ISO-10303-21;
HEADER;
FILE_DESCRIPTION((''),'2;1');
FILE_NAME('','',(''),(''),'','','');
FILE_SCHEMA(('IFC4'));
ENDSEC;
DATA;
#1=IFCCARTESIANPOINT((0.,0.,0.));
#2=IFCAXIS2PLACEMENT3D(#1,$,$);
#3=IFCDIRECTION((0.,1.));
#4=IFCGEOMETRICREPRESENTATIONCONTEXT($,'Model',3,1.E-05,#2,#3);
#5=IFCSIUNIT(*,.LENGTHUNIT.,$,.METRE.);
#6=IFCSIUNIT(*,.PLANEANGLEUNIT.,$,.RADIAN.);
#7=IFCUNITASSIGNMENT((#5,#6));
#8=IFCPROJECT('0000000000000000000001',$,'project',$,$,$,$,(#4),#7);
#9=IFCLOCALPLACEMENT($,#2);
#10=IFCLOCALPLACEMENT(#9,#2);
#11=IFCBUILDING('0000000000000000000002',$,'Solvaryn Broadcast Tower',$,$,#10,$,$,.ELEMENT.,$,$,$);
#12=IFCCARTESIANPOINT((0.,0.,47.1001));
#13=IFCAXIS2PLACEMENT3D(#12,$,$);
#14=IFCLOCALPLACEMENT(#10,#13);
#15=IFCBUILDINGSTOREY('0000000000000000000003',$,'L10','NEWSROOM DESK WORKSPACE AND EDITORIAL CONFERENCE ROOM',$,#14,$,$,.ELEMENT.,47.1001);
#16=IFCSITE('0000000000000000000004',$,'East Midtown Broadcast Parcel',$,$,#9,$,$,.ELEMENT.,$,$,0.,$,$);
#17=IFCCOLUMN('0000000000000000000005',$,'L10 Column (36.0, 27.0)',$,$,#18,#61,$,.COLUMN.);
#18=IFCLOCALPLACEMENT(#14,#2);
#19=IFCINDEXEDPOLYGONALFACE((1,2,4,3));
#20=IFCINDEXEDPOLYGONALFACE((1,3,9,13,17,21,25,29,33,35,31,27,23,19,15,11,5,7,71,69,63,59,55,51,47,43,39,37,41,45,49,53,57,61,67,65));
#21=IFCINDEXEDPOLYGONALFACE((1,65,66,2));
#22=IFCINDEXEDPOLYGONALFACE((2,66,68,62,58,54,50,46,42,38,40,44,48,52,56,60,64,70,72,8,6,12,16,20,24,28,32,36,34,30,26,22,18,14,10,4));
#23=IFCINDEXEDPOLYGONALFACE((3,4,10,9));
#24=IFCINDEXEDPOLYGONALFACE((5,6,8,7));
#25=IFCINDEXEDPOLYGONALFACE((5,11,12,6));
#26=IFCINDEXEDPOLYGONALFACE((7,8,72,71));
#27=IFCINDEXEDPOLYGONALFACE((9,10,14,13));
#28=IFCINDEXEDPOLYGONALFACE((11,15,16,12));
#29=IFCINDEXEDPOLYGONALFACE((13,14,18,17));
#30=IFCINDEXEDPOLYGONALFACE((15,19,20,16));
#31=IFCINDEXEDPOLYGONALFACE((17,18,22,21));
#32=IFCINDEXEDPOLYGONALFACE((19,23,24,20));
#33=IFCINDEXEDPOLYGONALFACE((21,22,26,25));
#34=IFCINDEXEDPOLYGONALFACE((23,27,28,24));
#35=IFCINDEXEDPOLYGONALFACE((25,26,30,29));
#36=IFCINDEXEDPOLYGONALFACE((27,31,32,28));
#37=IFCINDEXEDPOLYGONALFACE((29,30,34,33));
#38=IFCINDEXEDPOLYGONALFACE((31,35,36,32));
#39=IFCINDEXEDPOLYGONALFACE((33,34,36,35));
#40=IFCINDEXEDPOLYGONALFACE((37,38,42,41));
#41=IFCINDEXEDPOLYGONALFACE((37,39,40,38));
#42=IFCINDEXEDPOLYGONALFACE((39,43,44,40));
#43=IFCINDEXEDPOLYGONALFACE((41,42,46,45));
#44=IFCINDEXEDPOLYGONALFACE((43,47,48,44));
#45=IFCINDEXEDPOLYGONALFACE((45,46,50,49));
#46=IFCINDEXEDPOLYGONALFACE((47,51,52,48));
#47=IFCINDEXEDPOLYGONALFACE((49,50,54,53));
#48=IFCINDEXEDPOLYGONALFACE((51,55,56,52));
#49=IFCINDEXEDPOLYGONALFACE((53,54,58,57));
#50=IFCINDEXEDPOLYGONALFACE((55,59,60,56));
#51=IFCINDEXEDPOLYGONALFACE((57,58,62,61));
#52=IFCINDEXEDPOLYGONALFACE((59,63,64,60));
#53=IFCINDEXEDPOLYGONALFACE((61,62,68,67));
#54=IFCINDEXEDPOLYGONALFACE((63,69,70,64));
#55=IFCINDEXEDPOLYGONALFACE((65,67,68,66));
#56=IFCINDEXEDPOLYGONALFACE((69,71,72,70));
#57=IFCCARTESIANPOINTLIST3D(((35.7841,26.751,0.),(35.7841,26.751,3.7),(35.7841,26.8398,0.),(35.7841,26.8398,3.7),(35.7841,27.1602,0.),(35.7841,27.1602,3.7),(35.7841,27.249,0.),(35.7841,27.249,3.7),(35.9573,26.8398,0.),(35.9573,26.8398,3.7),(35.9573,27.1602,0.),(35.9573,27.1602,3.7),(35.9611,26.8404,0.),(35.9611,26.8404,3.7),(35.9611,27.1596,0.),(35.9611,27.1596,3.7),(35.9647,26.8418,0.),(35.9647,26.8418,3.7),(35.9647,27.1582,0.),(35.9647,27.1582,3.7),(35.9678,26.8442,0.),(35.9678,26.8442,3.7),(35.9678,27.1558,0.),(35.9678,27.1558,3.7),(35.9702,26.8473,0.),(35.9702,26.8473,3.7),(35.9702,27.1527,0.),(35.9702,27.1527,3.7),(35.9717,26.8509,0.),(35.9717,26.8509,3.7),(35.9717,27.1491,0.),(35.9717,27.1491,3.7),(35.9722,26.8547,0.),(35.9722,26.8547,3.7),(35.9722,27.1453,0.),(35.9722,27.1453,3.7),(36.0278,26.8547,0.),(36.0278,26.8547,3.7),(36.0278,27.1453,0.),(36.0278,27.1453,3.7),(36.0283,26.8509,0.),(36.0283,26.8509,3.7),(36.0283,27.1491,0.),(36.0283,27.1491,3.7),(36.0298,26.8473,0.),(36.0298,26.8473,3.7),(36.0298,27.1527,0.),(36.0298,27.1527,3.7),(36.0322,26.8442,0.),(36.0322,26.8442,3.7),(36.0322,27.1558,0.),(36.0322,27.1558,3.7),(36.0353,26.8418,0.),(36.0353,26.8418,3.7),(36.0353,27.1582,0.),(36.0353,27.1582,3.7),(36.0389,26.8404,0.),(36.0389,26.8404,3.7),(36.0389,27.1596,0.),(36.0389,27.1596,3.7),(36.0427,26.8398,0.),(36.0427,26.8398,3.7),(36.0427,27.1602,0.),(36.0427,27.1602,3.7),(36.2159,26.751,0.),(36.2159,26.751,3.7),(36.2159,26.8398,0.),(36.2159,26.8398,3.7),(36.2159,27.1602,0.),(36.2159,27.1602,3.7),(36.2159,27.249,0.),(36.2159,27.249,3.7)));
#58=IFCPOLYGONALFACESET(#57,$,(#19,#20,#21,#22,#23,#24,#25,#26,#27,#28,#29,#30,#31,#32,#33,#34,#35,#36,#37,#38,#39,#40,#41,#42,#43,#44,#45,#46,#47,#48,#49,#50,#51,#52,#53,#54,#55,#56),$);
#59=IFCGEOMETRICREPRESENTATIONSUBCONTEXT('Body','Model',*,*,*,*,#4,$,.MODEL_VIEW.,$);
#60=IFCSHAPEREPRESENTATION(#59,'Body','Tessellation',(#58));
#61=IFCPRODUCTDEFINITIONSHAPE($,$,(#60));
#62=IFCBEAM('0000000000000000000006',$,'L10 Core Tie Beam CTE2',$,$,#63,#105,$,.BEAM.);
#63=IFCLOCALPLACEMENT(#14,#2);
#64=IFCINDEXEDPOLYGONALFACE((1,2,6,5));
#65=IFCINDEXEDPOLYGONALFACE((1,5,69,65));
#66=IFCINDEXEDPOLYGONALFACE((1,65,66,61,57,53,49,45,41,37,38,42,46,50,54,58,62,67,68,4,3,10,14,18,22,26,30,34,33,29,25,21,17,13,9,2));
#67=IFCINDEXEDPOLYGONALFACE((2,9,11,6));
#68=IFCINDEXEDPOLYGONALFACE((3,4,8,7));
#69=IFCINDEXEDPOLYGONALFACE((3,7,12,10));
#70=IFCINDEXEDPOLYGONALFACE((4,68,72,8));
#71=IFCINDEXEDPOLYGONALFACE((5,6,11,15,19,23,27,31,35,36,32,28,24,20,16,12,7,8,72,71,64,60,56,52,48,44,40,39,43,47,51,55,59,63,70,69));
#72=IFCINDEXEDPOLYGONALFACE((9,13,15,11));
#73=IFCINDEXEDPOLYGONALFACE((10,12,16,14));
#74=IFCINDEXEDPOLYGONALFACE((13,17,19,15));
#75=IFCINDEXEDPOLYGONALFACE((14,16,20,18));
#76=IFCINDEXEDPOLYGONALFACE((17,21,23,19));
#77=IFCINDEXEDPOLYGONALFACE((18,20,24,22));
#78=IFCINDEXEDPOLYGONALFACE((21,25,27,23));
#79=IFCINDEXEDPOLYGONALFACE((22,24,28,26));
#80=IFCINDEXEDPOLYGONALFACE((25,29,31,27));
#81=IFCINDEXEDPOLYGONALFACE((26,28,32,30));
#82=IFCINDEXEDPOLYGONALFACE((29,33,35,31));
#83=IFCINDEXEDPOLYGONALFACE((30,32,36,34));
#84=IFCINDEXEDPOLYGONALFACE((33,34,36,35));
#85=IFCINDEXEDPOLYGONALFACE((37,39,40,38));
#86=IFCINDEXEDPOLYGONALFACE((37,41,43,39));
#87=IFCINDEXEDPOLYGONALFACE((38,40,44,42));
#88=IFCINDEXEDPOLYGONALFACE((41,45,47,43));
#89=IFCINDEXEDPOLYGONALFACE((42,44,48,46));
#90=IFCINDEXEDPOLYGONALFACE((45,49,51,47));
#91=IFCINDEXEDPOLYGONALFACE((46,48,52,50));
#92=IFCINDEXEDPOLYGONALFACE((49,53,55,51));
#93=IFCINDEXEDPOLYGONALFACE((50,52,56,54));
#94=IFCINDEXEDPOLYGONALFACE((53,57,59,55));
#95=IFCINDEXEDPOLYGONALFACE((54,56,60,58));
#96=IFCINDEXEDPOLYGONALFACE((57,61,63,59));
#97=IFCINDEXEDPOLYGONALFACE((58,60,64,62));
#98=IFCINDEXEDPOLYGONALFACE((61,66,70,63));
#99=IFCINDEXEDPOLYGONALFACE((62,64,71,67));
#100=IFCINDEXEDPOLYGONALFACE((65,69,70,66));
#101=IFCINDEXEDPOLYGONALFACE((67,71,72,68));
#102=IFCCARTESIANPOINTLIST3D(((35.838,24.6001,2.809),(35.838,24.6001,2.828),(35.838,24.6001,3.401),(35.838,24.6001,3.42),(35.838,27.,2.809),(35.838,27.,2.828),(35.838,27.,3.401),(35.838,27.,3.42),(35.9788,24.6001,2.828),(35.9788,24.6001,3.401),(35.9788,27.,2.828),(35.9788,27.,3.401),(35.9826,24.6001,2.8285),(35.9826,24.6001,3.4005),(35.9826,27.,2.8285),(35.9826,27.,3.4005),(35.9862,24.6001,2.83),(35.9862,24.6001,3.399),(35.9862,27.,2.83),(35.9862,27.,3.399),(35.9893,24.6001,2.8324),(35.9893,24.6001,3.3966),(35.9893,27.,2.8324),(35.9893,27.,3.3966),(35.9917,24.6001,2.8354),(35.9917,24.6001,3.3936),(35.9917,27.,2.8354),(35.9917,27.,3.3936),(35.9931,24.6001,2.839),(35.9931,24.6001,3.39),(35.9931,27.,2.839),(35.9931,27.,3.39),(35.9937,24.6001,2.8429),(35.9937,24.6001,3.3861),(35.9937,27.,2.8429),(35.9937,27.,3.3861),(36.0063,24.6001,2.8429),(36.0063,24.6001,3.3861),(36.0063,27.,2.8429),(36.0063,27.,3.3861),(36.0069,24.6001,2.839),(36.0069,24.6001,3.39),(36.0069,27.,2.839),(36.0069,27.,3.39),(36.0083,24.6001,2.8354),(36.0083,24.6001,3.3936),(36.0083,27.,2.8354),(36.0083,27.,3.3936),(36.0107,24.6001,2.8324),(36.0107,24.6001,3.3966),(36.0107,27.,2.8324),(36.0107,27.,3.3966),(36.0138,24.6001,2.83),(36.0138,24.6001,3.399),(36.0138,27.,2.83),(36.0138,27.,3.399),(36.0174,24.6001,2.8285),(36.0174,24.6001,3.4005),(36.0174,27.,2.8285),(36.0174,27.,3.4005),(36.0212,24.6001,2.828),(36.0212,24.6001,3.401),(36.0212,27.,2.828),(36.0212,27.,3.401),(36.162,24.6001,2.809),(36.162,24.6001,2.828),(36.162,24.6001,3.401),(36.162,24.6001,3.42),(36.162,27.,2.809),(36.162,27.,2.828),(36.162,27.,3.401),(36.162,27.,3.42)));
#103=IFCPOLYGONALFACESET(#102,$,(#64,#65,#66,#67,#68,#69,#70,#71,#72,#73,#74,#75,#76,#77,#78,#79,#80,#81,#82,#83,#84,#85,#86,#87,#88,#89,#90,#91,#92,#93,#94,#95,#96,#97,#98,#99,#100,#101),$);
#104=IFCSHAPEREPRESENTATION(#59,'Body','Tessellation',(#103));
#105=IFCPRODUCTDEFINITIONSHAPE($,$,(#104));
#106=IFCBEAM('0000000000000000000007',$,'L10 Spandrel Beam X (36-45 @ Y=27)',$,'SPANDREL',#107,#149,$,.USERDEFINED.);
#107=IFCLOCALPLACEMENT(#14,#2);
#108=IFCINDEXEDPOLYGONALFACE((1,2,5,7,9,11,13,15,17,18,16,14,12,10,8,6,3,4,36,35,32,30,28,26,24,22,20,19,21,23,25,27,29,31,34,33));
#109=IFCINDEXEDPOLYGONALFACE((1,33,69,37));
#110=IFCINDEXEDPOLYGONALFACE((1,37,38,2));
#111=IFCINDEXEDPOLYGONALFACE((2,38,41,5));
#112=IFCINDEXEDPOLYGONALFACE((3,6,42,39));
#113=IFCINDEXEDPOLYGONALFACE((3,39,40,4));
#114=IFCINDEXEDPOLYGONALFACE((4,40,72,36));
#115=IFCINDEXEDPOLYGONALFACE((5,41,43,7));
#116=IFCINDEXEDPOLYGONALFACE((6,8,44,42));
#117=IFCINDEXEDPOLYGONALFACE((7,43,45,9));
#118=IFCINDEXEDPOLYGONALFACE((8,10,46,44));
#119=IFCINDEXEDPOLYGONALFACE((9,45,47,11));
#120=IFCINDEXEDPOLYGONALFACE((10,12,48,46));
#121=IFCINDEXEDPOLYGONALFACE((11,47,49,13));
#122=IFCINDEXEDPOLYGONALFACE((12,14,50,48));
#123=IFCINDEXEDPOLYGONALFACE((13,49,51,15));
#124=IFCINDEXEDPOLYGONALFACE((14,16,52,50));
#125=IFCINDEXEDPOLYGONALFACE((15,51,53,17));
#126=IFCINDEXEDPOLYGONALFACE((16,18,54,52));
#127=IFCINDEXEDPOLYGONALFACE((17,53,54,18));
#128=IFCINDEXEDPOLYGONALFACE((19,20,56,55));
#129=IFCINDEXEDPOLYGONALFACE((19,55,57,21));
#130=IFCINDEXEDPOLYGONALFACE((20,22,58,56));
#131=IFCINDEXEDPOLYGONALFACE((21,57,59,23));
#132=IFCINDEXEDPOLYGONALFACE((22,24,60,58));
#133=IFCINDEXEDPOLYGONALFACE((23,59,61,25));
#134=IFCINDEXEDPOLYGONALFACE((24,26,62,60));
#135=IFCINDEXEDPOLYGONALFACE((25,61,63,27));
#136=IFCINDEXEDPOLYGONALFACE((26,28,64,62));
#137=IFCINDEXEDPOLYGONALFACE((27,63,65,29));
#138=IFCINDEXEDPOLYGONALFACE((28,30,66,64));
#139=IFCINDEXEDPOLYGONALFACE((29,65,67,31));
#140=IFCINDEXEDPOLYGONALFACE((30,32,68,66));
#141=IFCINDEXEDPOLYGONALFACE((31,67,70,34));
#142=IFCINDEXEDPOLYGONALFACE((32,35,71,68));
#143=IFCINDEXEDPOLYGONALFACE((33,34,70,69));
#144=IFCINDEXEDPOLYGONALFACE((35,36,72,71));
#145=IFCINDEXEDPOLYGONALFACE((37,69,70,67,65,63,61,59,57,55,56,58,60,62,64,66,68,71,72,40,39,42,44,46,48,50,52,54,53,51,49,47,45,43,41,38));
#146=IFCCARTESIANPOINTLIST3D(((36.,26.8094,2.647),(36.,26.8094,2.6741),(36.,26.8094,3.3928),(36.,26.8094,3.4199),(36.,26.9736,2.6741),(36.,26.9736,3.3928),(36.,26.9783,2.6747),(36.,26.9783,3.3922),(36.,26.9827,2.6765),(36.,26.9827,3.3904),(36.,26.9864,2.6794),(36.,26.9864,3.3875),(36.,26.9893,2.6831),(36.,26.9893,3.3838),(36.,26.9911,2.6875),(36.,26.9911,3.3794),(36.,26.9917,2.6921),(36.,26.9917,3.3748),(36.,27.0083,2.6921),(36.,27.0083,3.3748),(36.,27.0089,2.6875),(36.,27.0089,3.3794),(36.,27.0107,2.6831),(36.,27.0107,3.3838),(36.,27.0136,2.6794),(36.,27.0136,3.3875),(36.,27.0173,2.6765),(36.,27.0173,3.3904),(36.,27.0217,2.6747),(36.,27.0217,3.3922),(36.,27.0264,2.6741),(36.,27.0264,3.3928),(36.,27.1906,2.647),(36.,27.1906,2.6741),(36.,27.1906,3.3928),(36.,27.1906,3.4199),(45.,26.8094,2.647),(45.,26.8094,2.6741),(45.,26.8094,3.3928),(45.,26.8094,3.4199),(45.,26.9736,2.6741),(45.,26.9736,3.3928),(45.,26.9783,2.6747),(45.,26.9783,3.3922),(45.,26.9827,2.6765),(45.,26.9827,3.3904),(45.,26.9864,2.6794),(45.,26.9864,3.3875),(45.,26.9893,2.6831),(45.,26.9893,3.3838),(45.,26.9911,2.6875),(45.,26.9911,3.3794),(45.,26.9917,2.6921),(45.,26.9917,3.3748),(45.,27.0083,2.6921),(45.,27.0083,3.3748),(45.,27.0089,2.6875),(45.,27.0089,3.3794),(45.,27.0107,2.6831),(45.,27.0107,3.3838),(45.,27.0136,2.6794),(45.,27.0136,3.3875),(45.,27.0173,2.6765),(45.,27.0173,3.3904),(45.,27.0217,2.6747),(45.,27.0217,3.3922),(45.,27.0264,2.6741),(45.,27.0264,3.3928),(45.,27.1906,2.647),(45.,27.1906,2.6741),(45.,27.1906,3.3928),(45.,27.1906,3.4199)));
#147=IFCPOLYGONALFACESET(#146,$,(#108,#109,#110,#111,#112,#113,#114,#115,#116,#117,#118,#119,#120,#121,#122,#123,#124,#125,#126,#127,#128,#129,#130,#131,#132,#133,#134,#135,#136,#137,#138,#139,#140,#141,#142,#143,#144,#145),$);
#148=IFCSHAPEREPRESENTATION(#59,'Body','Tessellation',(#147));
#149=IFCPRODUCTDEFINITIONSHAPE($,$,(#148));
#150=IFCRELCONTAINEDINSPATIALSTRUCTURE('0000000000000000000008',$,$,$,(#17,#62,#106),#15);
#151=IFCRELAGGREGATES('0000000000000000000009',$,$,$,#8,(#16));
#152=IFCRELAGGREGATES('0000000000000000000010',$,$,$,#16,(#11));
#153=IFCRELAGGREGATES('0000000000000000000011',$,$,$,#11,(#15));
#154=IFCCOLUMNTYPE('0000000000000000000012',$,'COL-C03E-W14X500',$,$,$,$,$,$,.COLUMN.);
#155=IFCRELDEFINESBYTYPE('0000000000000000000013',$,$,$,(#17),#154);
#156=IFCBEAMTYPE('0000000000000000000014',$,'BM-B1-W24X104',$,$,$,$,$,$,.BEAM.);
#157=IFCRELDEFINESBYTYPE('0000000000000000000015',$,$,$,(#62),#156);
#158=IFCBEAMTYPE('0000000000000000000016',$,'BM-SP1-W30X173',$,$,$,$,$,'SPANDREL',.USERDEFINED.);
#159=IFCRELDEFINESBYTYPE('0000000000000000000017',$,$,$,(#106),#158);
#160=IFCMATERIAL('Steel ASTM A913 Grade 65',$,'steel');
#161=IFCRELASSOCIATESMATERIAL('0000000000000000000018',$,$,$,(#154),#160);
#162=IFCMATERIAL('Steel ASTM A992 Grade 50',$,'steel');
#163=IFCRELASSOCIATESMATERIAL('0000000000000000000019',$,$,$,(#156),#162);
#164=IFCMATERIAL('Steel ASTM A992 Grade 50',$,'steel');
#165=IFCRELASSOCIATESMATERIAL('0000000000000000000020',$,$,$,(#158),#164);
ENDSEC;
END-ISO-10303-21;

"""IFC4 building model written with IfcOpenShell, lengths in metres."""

from ifc_helpers import new_model, si_unit, direction, frame, origin, origin_2d, place, context, subcontext, project, spatial, i_section, extrude, material, material_profile, profile_set, type_object, element, save


model = new_model("IFC4")

# Units and contexts
model_context = context("Model", 3, precision=1e-05, world=origin(), true_north=direction((0.0, 1.0)))
body_context = subcontext(model_context, "Body", "Model", "MODEL_VIEW")
ifc_project = project(units=[si_unit("LENGTHUNIT", "METRE"), si_unit("PLANEANGLEUNIT", "RADIAN")], contexts=[model_context])

# Site, building, storey
site_placement = place(None, origin())
site = spatial("IfcSite", under=ifc_project, at=site_placement, Name="East Midtown Broadcast Parcel", CompositionType="ELEMENT", RefElevation=0.0)
building_placement = place(site_placement, origin())
building = spatial("IfcBuilding", under=site, at=building_placement, Name="Solvaryn Broadcast Tower", CompositionType="ELEMENT")
storey_placement = place(building_placement, frame((0.0, 0.0, 47.1001)))
storey = spatial("IfcBuildingStorey", under=building, at=storey_placement, Name="L10", Description="NEWSROOM DESK WORKSPACE AND EDITORIAL CONFERENCE ROOM", CompositionType="ELEMENT", Elevation=47.1001)

# Column
ifc_material_1 = material(Name="Steel ASTM A913 Grade 65", Category="steel")
ifc_material_profile_1 = material_profile(ifc_material_1, i_section(OverallWidth=0.4319, OverallDepth=0.498, WebThickness=0.0557, FlangeThickness=0.0889, FilletRadius=0.0149, at=origin_2d()))
ifc_profile_set_1 = profile_set([ifc_material_profile_1], Name="Steel ASTM A913 Grade 65")
column_type = type_object("IfcColumnType", Name="COL-C03E-W14X500", PredefinedType="COLUMN", material=ifc_profile_set_1)
column_placement = place(storey_placement, frame((36.0, 27.0, 0.0), z_axis=(0.0, 0.0, 1.0), x_axis=(1.0, 0.0, 0.0)))
element("IfcColumn", 1, at=column_placement, inside=storey, type_object=column_type, Name="L10 Column (36.0, 27.0)", PredefinedType="COLUMN", context=body_context, shape_type="SweptSolid", body=[
    extrude(i_section(OverallWidth=0.4319, OverallDepth=0.498, WebThickness=0.0557, FlangeThickness=0.0889, FilletRadius=0.0149, at=origin_2d()), origin(), (0.0, 0.0, 1.0), 3.7),
])

# Beams
ifc_material_2 = material(Name="Steel ASTM A992 Grade 50", Category="steel")
ifc_material_profile_2 = material_profile(ifc_material_2, i_section(OverallWidth=0.324, OverallDepth=0.6111, WebThickness=0.0127, FlangeThickness=0.019, FilletRadius=0.0149, at=origin_2d()))
ifc_profile_set_2 = profile_set([ifc_material_profile_2], Name="Steel ASTM A992 Grade 50")
beam_type_1 = type_object("IfcBeamType", Name="BM-B1-W24X104", PredefinedType="BEAM", material=ifc_profile_set_2)
beam_1_placement = place(storey_placement, frame((36.0, 24.6001, 3.1145), z_axis=(0.0, 1.0, 0.0), x_axis=(-1.0, 0.0, 0.0)))
element("IfcBeam", 2, at=beam_1_placement, inside=storey, type_object=beam_type_1, Name="L10 Core Tie Beam CTE2", PredefinedType="BEAM", context=body_context, shape_type="SweptSolid", body=[
    extrude(i_section(OverallWidth=0.324, OverallDepth=0.6111, WebThickness=0.0127, FlangeThickness=0.019, FilletRadius=0.0149, at=origin_2d()), origin(), (0.0, 0.0, 1.0), 2.3999),
])
ifc_material_3 = material(Name="Steel ASTM A992 Grade 50", Category="steel")
ifc_material_profile_3 = material_profile(ifc_material_3, i_section(OverallWidth=0.3811, OverallDepth=0.7729, WebThickness=0.0166, FlangeThickness=0.0271, FilletRadius=0.0181, at=origin_2d()))
ifc_profile_set_3 = profile_set([ifc_material_profile_3], Name="Steel ASTM A992 Grade 50")
beam_type_2 = type_object("IfcBeamType", Name="BM-SP1-W30X173", ElementType="SPANDREL", PredefinedType="USERDEFINED", material=ifc_profile_set_3)
beam_2_placement = place(storey_placement, frame((36.0, 27.0, 3.0334), z_axis=(1.0, 0.0, 0.0), x_axis=(0.0, 1.0, 0.0)))
element("IfcBeam", 3, at=beam_2_placement, inside=storey, type_object=beam_type_2, Name="L10 Spandrel Beam X (36-45 @ Y=27)", ObjectType="SPANDREL", PredefinedType="USERDEFINED", context=body_context, shape_type="SweptSolid", body=[
    extrude(i_section(OverallWidth=0.3811, OverallDepth=0.7729, WebThickness=0.0166, FlangeThickness=0.0271, FilletRadius=0.0181, at=origin_2d()), origin(), (0.0, 0.0, 1.0), 9.0),
])

save(model, "model.ifc")
